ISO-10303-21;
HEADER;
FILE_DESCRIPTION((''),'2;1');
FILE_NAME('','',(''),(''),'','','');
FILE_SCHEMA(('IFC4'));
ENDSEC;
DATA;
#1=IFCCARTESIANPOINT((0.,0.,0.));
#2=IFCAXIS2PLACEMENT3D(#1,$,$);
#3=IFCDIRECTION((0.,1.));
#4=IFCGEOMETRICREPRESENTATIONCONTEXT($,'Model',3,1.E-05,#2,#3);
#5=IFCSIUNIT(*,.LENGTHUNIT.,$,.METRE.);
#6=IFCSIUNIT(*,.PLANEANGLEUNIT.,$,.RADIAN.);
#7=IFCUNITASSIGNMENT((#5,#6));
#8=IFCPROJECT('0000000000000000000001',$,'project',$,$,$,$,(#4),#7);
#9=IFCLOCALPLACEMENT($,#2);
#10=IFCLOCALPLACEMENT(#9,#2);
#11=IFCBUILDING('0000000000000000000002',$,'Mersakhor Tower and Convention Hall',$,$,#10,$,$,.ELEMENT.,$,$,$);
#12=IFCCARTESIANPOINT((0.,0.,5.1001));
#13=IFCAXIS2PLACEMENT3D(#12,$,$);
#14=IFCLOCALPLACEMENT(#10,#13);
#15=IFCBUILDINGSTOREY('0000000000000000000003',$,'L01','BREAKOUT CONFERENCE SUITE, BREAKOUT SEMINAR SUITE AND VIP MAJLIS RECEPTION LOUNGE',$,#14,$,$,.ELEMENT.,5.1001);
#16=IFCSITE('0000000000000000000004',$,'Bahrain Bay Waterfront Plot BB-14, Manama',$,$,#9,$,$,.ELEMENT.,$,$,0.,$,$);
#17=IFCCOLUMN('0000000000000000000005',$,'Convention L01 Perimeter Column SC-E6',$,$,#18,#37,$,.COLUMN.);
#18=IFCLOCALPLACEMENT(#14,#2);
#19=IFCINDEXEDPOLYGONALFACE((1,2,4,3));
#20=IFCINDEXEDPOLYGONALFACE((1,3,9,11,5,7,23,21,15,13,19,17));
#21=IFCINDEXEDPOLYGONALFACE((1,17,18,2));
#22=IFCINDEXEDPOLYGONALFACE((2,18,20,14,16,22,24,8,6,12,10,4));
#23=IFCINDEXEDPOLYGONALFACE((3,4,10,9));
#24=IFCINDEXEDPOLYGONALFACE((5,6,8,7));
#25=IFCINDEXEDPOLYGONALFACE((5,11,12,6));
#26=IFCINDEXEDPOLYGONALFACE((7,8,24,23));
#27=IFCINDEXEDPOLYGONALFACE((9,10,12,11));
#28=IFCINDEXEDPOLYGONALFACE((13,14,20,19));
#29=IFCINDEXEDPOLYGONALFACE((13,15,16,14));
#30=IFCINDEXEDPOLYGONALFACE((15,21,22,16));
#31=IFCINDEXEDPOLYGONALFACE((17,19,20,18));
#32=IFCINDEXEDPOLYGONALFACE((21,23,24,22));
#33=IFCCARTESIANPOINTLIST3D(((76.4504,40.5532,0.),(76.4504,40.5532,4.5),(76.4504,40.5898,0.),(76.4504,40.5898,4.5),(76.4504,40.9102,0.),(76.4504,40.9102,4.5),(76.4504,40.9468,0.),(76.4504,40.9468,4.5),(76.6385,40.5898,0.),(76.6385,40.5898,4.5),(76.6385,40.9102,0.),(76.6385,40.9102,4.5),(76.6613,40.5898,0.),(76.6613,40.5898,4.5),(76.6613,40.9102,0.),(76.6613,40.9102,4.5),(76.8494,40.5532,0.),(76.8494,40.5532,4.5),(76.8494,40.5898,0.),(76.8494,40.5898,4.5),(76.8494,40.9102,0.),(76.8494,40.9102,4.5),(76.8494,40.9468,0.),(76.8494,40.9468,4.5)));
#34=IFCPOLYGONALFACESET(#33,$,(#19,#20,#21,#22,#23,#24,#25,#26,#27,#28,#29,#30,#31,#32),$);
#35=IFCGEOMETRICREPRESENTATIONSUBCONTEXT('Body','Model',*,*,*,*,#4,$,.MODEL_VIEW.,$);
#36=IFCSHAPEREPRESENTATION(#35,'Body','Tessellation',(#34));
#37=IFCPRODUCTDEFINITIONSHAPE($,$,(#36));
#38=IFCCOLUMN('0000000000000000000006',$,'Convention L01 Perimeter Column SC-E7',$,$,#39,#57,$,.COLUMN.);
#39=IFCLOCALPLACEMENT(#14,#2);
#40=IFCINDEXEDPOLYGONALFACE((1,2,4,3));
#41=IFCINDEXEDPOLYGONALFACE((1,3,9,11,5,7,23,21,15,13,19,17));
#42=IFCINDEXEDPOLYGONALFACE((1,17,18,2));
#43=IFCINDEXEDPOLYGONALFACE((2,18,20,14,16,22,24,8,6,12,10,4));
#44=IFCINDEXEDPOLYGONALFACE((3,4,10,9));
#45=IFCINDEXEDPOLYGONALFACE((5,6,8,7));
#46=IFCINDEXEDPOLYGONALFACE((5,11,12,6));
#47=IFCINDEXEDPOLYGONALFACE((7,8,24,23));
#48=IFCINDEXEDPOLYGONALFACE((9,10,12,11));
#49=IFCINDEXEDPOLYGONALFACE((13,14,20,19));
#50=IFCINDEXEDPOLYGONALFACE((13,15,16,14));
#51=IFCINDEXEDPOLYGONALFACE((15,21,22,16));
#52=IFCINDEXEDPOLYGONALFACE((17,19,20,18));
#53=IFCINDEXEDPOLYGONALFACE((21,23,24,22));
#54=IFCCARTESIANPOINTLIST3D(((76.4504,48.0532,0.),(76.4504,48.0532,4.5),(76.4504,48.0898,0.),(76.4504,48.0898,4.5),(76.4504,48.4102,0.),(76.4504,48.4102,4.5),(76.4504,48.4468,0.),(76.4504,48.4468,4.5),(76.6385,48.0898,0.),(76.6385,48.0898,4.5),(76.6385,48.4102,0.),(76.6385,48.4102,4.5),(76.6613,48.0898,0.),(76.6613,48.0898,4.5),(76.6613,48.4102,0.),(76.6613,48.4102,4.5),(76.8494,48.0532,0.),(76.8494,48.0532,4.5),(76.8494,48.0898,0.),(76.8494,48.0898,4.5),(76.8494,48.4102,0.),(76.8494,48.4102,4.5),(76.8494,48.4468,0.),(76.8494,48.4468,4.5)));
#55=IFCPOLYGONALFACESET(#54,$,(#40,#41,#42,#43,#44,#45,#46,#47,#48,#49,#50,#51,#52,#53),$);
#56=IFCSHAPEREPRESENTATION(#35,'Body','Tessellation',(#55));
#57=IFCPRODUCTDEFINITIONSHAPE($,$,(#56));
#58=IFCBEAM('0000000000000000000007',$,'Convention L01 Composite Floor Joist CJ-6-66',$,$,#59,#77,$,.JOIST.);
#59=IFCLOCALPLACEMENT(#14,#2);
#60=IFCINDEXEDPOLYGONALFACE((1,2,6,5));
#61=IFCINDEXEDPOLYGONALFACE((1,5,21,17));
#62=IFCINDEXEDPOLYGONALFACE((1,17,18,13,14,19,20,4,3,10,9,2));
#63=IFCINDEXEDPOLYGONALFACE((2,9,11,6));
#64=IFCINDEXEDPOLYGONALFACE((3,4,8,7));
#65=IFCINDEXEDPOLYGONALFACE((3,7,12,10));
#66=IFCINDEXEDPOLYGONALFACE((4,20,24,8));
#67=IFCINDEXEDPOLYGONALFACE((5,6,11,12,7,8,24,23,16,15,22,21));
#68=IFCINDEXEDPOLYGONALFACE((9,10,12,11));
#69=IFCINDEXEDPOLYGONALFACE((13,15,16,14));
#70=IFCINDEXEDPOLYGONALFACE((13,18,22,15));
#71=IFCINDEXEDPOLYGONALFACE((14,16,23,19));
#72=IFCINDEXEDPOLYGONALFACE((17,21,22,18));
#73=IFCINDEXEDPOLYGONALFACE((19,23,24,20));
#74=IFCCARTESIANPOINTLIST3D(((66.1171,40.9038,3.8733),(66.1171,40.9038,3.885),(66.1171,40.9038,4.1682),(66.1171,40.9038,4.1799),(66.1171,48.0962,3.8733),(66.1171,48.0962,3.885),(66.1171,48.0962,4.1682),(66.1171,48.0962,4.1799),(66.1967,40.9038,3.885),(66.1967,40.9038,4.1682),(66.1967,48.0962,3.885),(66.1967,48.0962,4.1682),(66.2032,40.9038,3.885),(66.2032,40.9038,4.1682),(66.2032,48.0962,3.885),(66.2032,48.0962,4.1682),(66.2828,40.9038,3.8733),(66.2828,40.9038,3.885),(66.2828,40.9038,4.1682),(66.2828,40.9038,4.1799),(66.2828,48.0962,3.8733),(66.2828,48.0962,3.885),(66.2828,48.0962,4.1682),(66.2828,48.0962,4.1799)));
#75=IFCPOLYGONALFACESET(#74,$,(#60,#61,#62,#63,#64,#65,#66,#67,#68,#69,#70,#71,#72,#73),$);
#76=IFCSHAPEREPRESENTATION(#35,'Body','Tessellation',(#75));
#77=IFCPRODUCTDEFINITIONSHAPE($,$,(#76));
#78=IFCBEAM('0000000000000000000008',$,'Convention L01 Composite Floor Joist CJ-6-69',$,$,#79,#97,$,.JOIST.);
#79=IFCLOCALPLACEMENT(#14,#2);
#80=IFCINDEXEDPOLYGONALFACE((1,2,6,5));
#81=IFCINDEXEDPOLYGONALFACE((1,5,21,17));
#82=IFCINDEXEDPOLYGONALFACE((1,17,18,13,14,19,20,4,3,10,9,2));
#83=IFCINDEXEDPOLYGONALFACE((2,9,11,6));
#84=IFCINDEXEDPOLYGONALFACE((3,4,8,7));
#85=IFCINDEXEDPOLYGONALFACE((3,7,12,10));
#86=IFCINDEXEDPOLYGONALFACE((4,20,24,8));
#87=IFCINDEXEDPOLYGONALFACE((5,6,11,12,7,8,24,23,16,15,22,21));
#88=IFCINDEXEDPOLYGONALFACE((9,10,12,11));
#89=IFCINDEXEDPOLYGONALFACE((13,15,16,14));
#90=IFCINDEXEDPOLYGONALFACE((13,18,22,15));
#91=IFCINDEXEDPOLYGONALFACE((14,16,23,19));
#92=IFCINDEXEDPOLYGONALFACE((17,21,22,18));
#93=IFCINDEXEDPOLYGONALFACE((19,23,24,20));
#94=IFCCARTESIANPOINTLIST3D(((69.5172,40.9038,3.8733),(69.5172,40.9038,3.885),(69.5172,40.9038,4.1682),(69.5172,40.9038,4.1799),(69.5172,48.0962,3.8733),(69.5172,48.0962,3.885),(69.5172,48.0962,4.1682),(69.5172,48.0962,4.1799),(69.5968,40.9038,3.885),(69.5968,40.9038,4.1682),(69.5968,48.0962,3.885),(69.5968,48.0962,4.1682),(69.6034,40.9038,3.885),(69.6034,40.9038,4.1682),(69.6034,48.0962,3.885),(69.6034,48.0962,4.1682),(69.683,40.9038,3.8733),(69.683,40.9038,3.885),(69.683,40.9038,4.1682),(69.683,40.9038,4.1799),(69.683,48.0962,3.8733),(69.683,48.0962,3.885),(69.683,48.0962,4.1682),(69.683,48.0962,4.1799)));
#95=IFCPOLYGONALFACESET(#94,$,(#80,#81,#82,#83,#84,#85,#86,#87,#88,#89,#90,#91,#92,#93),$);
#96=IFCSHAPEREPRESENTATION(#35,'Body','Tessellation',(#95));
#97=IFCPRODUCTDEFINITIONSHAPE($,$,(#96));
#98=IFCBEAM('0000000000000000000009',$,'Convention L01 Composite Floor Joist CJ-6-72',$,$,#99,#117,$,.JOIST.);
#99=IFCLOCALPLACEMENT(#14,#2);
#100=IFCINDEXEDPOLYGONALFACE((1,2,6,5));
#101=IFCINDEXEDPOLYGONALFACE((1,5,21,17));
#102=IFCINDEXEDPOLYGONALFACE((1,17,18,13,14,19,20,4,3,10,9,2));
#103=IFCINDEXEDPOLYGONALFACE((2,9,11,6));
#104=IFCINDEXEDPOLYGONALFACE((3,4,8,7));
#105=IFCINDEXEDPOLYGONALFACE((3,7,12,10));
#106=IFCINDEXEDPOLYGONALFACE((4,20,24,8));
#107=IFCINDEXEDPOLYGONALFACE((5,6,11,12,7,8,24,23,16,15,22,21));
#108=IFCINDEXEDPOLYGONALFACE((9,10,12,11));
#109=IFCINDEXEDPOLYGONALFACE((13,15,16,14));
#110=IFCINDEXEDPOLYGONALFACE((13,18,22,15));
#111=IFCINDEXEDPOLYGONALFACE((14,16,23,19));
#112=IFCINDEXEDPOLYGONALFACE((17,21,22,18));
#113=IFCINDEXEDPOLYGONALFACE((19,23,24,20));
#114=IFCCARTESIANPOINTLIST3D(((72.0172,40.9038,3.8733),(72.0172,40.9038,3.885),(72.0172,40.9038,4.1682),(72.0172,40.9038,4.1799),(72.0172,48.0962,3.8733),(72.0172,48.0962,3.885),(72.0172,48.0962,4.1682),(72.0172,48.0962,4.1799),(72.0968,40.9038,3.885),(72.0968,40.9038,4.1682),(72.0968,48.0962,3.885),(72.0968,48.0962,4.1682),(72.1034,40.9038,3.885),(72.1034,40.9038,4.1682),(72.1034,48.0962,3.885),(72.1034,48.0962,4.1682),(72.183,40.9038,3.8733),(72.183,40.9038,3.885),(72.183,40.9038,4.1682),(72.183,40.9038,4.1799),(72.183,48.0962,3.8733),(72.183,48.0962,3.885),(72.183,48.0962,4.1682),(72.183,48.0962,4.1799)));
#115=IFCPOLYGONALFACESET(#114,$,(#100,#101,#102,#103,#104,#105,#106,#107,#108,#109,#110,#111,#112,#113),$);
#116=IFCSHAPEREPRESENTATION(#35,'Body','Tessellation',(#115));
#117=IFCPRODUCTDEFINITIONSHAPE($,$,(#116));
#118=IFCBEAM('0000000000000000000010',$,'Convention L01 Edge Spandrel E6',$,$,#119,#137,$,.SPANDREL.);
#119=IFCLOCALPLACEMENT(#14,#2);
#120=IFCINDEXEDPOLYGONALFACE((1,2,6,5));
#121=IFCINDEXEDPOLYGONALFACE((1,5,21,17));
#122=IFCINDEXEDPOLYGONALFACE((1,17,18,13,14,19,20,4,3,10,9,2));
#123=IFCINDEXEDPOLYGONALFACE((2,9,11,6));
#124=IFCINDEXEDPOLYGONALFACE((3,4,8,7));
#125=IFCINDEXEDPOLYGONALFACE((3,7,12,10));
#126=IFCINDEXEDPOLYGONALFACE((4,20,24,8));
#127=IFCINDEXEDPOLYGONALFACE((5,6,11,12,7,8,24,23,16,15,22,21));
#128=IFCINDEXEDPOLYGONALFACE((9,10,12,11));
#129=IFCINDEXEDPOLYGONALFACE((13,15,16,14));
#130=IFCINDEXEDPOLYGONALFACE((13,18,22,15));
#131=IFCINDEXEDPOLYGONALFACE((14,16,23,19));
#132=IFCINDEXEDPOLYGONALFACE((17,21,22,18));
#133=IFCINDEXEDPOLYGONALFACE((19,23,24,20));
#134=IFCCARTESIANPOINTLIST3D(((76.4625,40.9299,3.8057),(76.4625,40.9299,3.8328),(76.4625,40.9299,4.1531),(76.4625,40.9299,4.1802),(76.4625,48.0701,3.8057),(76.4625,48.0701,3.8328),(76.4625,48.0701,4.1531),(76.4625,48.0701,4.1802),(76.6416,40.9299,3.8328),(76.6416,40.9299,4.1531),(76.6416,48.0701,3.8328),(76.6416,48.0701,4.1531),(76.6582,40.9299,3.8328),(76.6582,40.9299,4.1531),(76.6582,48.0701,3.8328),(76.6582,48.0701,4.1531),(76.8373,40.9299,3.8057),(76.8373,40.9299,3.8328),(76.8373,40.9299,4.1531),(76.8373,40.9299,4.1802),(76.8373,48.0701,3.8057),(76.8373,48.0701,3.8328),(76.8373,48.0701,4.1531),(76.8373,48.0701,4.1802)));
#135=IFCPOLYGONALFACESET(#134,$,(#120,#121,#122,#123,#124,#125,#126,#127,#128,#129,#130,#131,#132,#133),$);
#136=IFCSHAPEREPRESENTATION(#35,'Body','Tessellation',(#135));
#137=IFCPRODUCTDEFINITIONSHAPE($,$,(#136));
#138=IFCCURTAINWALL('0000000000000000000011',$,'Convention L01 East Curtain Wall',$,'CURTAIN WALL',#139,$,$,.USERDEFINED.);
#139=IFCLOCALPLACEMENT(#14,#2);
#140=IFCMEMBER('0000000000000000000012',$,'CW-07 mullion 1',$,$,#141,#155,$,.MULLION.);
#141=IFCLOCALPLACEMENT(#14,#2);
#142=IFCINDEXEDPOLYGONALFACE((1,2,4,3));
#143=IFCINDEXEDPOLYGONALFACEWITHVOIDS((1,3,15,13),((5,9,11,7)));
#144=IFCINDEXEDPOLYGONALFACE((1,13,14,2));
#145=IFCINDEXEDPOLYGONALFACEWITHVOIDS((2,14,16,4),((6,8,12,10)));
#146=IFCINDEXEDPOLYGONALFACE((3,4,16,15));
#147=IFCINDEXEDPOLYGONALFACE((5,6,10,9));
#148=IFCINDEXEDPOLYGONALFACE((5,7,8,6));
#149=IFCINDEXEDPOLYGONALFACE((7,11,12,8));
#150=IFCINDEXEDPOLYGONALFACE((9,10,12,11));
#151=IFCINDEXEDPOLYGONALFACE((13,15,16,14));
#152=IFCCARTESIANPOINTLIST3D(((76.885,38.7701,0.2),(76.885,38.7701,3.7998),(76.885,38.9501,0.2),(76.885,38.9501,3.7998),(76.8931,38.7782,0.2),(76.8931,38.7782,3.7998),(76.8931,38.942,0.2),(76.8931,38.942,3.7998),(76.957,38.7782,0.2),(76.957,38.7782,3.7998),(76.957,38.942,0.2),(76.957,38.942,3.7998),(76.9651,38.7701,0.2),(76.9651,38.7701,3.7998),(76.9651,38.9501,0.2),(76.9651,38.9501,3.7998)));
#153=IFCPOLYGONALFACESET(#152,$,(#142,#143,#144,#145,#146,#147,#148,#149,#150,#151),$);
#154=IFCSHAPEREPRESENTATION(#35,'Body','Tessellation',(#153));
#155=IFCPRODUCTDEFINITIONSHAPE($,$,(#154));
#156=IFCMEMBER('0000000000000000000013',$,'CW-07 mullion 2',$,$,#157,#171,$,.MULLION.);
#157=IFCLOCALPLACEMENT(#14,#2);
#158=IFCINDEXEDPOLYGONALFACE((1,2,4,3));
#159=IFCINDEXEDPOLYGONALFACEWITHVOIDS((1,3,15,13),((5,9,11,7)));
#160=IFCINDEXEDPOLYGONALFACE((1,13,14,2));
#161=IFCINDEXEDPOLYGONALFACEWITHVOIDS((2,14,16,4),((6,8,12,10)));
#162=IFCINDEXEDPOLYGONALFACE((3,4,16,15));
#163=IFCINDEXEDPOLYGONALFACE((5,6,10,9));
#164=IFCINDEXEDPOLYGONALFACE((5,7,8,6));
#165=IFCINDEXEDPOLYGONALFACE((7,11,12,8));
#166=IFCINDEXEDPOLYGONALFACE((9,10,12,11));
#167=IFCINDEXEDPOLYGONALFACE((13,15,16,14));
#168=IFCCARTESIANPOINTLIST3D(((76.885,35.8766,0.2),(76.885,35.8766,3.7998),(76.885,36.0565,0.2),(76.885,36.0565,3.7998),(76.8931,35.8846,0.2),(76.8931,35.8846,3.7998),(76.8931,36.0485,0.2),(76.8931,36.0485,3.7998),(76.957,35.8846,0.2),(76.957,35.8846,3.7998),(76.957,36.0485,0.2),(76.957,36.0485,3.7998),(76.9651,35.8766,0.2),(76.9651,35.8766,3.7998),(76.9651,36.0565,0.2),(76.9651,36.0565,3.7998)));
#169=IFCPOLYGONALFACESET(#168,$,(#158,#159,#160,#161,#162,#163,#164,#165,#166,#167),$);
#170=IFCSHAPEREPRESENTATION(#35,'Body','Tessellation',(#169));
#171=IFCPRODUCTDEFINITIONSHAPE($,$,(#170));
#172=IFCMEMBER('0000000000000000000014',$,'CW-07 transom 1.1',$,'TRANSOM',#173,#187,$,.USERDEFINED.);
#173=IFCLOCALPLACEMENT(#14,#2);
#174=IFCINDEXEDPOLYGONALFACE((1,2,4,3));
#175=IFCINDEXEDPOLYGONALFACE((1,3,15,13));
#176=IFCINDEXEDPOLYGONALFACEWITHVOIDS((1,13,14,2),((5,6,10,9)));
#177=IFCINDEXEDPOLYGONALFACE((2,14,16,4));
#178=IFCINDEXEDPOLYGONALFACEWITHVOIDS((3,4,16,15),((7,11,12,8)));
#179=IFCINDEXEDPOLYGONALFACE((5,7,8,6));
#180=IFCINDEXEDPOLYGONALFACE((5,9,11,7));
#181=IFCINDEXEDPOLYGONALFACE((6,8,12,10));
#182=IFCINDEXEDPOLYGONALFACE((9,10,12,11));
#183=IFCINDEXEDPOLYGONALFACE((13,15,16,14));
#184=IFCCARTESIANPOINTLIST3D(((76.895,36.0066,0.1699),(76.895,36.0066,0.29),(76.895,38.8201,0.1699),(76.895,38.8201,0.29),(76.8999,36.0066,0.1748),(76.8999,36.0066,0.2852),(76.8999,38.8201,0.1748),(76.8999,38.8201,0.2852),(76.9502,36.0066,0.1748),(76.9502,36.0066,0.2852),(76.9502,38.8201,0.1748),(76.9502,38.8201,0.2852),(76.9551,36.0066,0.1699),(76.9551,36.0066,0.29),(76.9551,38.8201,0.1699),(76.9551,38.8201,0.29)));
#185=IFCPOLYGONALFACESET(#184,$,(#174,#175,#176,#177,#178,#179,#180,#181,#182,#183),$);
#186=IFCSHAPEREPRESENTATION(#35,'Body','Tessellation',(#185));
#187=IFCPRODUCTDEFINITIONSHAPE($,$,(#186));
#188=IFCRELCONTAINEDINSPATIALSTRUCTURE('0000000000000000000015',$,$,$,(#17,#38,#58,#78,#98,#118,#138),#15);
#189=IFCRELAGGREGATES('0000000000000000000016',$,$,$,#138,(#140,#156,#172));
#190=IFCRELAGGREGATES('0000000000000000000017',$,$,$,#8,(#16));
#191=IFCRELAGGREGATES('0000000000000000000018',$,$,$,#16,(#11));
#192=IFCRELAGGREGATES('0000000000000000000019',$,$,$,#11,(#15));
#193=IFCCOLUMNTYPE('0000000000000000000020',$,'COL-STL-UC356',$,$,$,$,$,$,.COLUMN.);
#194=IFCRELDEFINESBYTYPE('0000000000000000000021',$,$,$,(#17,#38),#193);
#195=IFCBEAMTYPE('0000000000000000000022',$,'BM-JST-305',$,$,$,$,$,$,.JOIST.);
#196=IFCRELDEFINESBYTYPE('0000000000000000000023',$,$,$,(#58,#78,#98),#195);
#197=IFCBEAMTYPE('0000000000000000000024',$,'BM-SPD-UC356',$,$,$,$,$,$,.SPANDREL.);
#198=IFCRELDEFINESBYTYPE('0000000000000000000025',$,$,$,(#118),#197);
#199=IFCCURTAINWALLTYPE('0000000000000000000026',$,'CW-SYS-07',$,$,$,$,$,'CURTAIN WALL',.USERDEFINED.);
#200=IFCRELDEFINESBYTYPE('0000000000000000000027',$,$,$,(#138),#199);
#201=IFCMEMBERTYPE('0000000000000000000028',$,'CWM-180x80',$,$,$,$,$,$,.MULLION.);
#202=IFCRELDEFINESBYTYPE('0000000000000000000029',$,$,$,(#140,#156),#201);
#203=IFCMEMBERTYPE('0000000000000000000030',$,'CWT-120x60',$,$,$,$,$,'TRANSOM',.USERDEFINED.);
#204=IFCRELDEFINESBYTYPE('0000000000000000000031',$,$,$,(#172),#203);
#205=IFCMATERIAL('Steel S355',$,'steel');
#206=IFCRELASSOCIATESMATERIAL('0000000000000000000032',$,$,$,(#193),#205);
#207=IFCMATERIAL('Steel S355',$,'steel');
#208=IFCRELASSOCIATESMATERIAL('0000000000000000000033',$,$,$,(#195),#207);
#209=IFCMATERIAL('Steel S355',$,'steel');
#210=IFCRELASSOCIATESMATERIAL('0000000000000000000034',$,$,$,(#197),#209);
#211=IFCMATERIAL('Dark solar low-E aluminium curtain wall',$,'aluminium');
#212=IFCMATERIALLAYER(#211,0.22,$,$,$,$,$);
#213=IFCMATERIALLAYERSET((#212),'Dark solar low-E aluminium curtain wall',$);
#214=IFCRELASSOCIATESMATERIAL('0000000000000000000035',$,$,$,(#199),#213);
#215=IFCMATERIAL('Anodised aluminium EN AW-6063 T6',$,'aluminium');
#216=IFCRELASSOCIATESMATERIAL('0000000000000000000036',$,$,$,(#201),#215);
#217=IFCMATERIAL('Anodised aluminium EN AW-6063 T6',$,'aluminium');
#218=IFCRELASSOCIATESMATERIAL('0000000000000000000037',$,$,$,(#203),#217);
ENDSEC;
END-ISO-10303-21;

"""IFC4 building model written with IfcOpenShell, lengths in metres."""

from ifc_helpers import new_model, si_unit, direction, frame, origin, origin_2d, place, context, subcontext, project, spatial, hollow_rectangle, i_section, extrude, material, layer, layer_set, material_profile, profile_set, type_object, element, aggregate, save


model = new_model("IFC4")

# Units and contexts
model_context = context("Model", 3, precision=1e-05, world=origin(), true_north=direction((0.0, 1.0)))
body_context = subcontext(model_context, "Body", "Model", "MODEL_VIEW")
ifc_project = project(units=[si_unit("LENGTHUNIT", "METRE"), si_unit("PLANEANGLEUNIT", "RADIAN")], contexts=[model_context])

# Site, building, storey
site_placement = place(None, origin())
site = spatial("IfcSite", under=ifc_project, at=site_placement, Name="Bahrain Bay Waterfront Plot BB-14, Manama", CompositionType="ELEMENT", RefElevation=0.0)
building_placement = place(site_placement, origin())
building = spatial("IfcBuilding", under=site, at=building_placement, Name="Mersakhor Tower and Convention Hall", CompositionType="ELEMENT")
storey_placement = place(building_placement, frame((0.0, 0.0, 5.1001)))
storey = spatial("IfcBuildingStorey", under=building, at=storey_placement, Name="L01", Description="BREAKOUT CONFERENCE SUITE, BREAKOUT SEMINAR SUITE AND VIP MAJLIS RECEPTION LOUNGE", CompositionType="ELEMENT", Elevation=5.1001)

# Columns
ifc_material_1 = material(Name="Steel S355", Category="steel")
ifc_material_profile_1 = material_profile(ifc_material_1, i_section(OverallWidth=0.3989, OverallDepth=0.3936, WebThickness=0.0227, FlangeThickness=0.0366, at=origin_2d()), Name="UC 356x406x287")
ifc_profile_set_1 = profile_set([ifc_material_profile_1], Name="Steel S355")
column_type = type_object("IfcColumnType", Name="COL-STL-UC356", PredefinedType="COLUMN", material=ifc_profile_set_1)
for number, where, z_axis, x_axis, name in (
    (1, (76.6499, 40.75, 0.0), (0.0, 0.0, 1.0), (1.0, 0.0, 0.0), "Convention L01 Perimeter Column SC-E6"),
    (2, (76.6499, 48.25, 0.0), (0.0, 0.0, 1.0), (1.0, 0.0, 0.0), "Convention L01 Perimeter Column SC-E7"),
):
    element("IfcColumn", number, at=place(storey_placement, frame(where, z_axis=z_axis, x_axis=x_axis)), inside=storey, type_object=column_type, Name=name, PredefinedType="COLUMN", context=body_context, shape_type="SweptSolid", body=[
        extrude(i_section(OverallWidth=0.3989, OverallDepth=0.3936, WebThickness=0.0227, FlangeThickness=0.0366, at=origin_2d()), origin(), (0.0, 0.0, 1.0), 4.5),
    ])

# Beams
ifc_material_2 = material(Name="Steel S355", Category="steel")
ifc_material_profile_2 = material_profile(ifc_material_2, i_section(OverallWidth=0.1658, OverallDepth=0.3066, WebThickness=0.0066, FlangeThickness=0.0117, at=origin_2d()), Name="UB 305x165x46")
ifc_profile_set_2 = profile_set([ifc_material_profile_2], Name="Steel S355")
beam_type_1 = type_object("IfcBeamType", Name="BM-JST-305", PredefinedType="JOIST", material=ifc_profile_set_2)
for number, where, z_axis, x_axis, name in (
    (3, (66.2, 40.9038, 4.0266), (0.0, 1.0, 0.0), (-1.0, 0.0, 0.0), "Convention L01 Composite Floor Joist CJ-6-66"),
    (4, (69.6001, 40.9038, 4.0266), (0.0, 1.0, 0.0), (-1.0, 0.0, 0.0), "Convention L01 Composite Floor Joist CJ-6-69"),
    (5, (72.1001, 40.9038, 4.0266), (0.0, 1.0, 0.0), (-1.0, 0.0, 0.0), "Convention L01 Composite Floor Joist CJ-6-72"),
):
    element("IfcBeam", number, at=place(storey_placement, frame(where, z_axis=z_axis, x_axis=x_axis)), inside=storey, type_object=beam_type_1, Name=name, PredefinedType="JOIST", context=body_context, shape_type="SweptSolid", body=[
        extrude(i_section(OverallWidth=0.1658, OverallDepth=0.3066, WebThickness=0.0066, FlangeThickness=0.0117, at=origin_2d()), origin(), (0.0, 0.0, 1.0), 7.1924),
    ])
ifc_material_3 = material(Name="Steel S355", Category="steel")
ifc_material_profile_3 = material_profile(ifc_material_3, i_section(OverallWidth=0.3748, OverallDepth=0.3745, WebThickness=0.0166, FlangeThickness=0.0271, at=origin_2d()), Name="UC 356x368x202")
ifc_profile_set_3 = profile_set([ifc_material_profile_3], Name="Steel S355")
beam_type_2 = type_object("IfcBeamType", Name="BM-SPD-UC356", PredefinedType="SPANDREL", material=ifc_profile_set_3)
beam_placement = place(storey_placement, frame((76.6499, 40.9299, 3.9929), z_axis=(0.0, 1.0, 0.0), x_axis=(-1.0, 0.0, 0.0)))
element("IfcBeam", 6, at=beam_placement, inside=storey, type_object=beam_type_2, Name="Convention L01 Edge Spandrel E6", PredefinedType="SPANDREL", context=body_context, shape_type="SweptSolid", body=[
    extrude(i_section(OverallWidth=0.3748, OverallDepth=0.3745, WebThickness=0.0166, FlangeThickness=0.0271, at=origin_2d()), origin(), (0.0, 0.0, 1.0), 7.1401),
])

# Curtain wall, members
ifc_material_4 = material(Name="Dark solar low-E aluminium curtain wall", Category="aluminium")
ifc_layer_1 = layer(ifc_material_4, 0.22)
ifc_layer_set_1 = layer_set([ifc_layer_1], Name="Dark solar low-E aluminium curtain wall")
curtain_wall_type = type_object("IfcCurtainWallType", Name="CW-SYS-07", ElementType="CURTAIN WALL", PredefinedType="USERDEFINED", material=ifc_layer_set_1)
curtain_wall_placement = place(storey_placement, origin())
curtain_wall = element("IfcCurtainWall", 7, at=curtain_wall_placement, inside=storey, type_object=curtain_wall_type, Name="Convention L01 East Curtain Wall", ObjectType="CURTAIN WALL", PredefinedType="USERDEFINED")
ifc_material_5 = material(Name="Anodised aluminium EN AW-6063 T6", Category="aluminium")
ifc_material_profile_4 = material_profile(ifc_material_5, hollow_rectangle(XDim=0.0801, YDim=0.1799, WallThickness=0.0081, at=origin_2d()), Name="RHS 180x80x8")
ifc_profile_set_4 = profile_set([ifc_material_profile_4], Name="Anodised aluminium EN AW-6063 T6")
member_type_1 = type_object("IfcMemberType", Name="CWM-180x80", PredefinedType="MULLION", material=ifc_profile_set_4)
member_1_placement = place(storey_placement, frame((76.925, 38.8601, 0.2), z_axis=(0.0, 0.0, 1.0), x_axis=(1.0, 0.0, 0.0)))
member_1 = element("IfcMember", 8, at=member_1_placement, type_object=member_type_1, Name="CW-07 mullion 1", PredefinedType="MULLION", context=body_context, shape_type="SweptSolid", body=[
    extrude(hollow_rectangle(XDim=0.0801, YDim=0.1799, WallThickness=0.0081, at=origin_2d()), origin(), (0.0, 0.0, 1.0), 3.5999),
])
member_2_placement = place(storey_placement, frame((76.925, 35.9666, 0.2), z_axis=(0.0, 0.0, 1.0), x_axis=(1.0, 0.0, 0.0)))
member_2 = element("IfcMember", 9, at=member_2_placement, type_object=member_type_1, Name="CW-07 mullion 2", PredefinedType="MULLION", context=body_context, shape_type="SweptSolid", body=[
    extrude(hollow_rectangle(XDim=0.0801, YDim=0.1799, WallThickness=0.0081, at=origin_2d()), origin(), (0.0, 0.0, 1.0), 3.5999),
])
ifc_material_6 = material(Name="Anodised aluminium EN AW-6063 T6", Category="aluminium")
ifc_material_profile_5 = material_profile(ifc_material_6, hollow_rectangle(XDim=0.0601, YDim=0.1201, WallThickness=0.0049, at=origin_2d()), Name="RHS 120x60x5")
ifc_profile_set_5 = profile_set([ifc_material_profile_5], Name="Anodised aluminium EN AW-6063 T6")
member_type_2 = type_object("IfcMemberType", Name="CWT-120x60", ElementType="TRANSOM", PredefinedType="USERDEFINED", material=ifc_profile_set_5)
member_3_placement = place(storey_placement, frame((76.925, 38.8201, 0.23), z_axis=(0.0, -1.0, 0.0), x_axis=(1.0, 0.0, 0.0)))
member_3 = element("IfcMember", 10, at=member_3_placement, type_object=member_type_2, Name="CW-07 transom 1.1", ObjectType="TRANSOM", PredefinedType="USERDEFINED", context=body_context, shape_type="SweptSolid", body=[
    extrude(hollow_rectangle(XDim=0.0601, YDim=0.1201, WallThickness=0.0049, at=origin_2d()), origin(), (0.0, 0.0, 1.0), 2.8135),
])
aggregate(curtain_wall, [member_1, member_2, member_3])

save(model, "model.ifc")
